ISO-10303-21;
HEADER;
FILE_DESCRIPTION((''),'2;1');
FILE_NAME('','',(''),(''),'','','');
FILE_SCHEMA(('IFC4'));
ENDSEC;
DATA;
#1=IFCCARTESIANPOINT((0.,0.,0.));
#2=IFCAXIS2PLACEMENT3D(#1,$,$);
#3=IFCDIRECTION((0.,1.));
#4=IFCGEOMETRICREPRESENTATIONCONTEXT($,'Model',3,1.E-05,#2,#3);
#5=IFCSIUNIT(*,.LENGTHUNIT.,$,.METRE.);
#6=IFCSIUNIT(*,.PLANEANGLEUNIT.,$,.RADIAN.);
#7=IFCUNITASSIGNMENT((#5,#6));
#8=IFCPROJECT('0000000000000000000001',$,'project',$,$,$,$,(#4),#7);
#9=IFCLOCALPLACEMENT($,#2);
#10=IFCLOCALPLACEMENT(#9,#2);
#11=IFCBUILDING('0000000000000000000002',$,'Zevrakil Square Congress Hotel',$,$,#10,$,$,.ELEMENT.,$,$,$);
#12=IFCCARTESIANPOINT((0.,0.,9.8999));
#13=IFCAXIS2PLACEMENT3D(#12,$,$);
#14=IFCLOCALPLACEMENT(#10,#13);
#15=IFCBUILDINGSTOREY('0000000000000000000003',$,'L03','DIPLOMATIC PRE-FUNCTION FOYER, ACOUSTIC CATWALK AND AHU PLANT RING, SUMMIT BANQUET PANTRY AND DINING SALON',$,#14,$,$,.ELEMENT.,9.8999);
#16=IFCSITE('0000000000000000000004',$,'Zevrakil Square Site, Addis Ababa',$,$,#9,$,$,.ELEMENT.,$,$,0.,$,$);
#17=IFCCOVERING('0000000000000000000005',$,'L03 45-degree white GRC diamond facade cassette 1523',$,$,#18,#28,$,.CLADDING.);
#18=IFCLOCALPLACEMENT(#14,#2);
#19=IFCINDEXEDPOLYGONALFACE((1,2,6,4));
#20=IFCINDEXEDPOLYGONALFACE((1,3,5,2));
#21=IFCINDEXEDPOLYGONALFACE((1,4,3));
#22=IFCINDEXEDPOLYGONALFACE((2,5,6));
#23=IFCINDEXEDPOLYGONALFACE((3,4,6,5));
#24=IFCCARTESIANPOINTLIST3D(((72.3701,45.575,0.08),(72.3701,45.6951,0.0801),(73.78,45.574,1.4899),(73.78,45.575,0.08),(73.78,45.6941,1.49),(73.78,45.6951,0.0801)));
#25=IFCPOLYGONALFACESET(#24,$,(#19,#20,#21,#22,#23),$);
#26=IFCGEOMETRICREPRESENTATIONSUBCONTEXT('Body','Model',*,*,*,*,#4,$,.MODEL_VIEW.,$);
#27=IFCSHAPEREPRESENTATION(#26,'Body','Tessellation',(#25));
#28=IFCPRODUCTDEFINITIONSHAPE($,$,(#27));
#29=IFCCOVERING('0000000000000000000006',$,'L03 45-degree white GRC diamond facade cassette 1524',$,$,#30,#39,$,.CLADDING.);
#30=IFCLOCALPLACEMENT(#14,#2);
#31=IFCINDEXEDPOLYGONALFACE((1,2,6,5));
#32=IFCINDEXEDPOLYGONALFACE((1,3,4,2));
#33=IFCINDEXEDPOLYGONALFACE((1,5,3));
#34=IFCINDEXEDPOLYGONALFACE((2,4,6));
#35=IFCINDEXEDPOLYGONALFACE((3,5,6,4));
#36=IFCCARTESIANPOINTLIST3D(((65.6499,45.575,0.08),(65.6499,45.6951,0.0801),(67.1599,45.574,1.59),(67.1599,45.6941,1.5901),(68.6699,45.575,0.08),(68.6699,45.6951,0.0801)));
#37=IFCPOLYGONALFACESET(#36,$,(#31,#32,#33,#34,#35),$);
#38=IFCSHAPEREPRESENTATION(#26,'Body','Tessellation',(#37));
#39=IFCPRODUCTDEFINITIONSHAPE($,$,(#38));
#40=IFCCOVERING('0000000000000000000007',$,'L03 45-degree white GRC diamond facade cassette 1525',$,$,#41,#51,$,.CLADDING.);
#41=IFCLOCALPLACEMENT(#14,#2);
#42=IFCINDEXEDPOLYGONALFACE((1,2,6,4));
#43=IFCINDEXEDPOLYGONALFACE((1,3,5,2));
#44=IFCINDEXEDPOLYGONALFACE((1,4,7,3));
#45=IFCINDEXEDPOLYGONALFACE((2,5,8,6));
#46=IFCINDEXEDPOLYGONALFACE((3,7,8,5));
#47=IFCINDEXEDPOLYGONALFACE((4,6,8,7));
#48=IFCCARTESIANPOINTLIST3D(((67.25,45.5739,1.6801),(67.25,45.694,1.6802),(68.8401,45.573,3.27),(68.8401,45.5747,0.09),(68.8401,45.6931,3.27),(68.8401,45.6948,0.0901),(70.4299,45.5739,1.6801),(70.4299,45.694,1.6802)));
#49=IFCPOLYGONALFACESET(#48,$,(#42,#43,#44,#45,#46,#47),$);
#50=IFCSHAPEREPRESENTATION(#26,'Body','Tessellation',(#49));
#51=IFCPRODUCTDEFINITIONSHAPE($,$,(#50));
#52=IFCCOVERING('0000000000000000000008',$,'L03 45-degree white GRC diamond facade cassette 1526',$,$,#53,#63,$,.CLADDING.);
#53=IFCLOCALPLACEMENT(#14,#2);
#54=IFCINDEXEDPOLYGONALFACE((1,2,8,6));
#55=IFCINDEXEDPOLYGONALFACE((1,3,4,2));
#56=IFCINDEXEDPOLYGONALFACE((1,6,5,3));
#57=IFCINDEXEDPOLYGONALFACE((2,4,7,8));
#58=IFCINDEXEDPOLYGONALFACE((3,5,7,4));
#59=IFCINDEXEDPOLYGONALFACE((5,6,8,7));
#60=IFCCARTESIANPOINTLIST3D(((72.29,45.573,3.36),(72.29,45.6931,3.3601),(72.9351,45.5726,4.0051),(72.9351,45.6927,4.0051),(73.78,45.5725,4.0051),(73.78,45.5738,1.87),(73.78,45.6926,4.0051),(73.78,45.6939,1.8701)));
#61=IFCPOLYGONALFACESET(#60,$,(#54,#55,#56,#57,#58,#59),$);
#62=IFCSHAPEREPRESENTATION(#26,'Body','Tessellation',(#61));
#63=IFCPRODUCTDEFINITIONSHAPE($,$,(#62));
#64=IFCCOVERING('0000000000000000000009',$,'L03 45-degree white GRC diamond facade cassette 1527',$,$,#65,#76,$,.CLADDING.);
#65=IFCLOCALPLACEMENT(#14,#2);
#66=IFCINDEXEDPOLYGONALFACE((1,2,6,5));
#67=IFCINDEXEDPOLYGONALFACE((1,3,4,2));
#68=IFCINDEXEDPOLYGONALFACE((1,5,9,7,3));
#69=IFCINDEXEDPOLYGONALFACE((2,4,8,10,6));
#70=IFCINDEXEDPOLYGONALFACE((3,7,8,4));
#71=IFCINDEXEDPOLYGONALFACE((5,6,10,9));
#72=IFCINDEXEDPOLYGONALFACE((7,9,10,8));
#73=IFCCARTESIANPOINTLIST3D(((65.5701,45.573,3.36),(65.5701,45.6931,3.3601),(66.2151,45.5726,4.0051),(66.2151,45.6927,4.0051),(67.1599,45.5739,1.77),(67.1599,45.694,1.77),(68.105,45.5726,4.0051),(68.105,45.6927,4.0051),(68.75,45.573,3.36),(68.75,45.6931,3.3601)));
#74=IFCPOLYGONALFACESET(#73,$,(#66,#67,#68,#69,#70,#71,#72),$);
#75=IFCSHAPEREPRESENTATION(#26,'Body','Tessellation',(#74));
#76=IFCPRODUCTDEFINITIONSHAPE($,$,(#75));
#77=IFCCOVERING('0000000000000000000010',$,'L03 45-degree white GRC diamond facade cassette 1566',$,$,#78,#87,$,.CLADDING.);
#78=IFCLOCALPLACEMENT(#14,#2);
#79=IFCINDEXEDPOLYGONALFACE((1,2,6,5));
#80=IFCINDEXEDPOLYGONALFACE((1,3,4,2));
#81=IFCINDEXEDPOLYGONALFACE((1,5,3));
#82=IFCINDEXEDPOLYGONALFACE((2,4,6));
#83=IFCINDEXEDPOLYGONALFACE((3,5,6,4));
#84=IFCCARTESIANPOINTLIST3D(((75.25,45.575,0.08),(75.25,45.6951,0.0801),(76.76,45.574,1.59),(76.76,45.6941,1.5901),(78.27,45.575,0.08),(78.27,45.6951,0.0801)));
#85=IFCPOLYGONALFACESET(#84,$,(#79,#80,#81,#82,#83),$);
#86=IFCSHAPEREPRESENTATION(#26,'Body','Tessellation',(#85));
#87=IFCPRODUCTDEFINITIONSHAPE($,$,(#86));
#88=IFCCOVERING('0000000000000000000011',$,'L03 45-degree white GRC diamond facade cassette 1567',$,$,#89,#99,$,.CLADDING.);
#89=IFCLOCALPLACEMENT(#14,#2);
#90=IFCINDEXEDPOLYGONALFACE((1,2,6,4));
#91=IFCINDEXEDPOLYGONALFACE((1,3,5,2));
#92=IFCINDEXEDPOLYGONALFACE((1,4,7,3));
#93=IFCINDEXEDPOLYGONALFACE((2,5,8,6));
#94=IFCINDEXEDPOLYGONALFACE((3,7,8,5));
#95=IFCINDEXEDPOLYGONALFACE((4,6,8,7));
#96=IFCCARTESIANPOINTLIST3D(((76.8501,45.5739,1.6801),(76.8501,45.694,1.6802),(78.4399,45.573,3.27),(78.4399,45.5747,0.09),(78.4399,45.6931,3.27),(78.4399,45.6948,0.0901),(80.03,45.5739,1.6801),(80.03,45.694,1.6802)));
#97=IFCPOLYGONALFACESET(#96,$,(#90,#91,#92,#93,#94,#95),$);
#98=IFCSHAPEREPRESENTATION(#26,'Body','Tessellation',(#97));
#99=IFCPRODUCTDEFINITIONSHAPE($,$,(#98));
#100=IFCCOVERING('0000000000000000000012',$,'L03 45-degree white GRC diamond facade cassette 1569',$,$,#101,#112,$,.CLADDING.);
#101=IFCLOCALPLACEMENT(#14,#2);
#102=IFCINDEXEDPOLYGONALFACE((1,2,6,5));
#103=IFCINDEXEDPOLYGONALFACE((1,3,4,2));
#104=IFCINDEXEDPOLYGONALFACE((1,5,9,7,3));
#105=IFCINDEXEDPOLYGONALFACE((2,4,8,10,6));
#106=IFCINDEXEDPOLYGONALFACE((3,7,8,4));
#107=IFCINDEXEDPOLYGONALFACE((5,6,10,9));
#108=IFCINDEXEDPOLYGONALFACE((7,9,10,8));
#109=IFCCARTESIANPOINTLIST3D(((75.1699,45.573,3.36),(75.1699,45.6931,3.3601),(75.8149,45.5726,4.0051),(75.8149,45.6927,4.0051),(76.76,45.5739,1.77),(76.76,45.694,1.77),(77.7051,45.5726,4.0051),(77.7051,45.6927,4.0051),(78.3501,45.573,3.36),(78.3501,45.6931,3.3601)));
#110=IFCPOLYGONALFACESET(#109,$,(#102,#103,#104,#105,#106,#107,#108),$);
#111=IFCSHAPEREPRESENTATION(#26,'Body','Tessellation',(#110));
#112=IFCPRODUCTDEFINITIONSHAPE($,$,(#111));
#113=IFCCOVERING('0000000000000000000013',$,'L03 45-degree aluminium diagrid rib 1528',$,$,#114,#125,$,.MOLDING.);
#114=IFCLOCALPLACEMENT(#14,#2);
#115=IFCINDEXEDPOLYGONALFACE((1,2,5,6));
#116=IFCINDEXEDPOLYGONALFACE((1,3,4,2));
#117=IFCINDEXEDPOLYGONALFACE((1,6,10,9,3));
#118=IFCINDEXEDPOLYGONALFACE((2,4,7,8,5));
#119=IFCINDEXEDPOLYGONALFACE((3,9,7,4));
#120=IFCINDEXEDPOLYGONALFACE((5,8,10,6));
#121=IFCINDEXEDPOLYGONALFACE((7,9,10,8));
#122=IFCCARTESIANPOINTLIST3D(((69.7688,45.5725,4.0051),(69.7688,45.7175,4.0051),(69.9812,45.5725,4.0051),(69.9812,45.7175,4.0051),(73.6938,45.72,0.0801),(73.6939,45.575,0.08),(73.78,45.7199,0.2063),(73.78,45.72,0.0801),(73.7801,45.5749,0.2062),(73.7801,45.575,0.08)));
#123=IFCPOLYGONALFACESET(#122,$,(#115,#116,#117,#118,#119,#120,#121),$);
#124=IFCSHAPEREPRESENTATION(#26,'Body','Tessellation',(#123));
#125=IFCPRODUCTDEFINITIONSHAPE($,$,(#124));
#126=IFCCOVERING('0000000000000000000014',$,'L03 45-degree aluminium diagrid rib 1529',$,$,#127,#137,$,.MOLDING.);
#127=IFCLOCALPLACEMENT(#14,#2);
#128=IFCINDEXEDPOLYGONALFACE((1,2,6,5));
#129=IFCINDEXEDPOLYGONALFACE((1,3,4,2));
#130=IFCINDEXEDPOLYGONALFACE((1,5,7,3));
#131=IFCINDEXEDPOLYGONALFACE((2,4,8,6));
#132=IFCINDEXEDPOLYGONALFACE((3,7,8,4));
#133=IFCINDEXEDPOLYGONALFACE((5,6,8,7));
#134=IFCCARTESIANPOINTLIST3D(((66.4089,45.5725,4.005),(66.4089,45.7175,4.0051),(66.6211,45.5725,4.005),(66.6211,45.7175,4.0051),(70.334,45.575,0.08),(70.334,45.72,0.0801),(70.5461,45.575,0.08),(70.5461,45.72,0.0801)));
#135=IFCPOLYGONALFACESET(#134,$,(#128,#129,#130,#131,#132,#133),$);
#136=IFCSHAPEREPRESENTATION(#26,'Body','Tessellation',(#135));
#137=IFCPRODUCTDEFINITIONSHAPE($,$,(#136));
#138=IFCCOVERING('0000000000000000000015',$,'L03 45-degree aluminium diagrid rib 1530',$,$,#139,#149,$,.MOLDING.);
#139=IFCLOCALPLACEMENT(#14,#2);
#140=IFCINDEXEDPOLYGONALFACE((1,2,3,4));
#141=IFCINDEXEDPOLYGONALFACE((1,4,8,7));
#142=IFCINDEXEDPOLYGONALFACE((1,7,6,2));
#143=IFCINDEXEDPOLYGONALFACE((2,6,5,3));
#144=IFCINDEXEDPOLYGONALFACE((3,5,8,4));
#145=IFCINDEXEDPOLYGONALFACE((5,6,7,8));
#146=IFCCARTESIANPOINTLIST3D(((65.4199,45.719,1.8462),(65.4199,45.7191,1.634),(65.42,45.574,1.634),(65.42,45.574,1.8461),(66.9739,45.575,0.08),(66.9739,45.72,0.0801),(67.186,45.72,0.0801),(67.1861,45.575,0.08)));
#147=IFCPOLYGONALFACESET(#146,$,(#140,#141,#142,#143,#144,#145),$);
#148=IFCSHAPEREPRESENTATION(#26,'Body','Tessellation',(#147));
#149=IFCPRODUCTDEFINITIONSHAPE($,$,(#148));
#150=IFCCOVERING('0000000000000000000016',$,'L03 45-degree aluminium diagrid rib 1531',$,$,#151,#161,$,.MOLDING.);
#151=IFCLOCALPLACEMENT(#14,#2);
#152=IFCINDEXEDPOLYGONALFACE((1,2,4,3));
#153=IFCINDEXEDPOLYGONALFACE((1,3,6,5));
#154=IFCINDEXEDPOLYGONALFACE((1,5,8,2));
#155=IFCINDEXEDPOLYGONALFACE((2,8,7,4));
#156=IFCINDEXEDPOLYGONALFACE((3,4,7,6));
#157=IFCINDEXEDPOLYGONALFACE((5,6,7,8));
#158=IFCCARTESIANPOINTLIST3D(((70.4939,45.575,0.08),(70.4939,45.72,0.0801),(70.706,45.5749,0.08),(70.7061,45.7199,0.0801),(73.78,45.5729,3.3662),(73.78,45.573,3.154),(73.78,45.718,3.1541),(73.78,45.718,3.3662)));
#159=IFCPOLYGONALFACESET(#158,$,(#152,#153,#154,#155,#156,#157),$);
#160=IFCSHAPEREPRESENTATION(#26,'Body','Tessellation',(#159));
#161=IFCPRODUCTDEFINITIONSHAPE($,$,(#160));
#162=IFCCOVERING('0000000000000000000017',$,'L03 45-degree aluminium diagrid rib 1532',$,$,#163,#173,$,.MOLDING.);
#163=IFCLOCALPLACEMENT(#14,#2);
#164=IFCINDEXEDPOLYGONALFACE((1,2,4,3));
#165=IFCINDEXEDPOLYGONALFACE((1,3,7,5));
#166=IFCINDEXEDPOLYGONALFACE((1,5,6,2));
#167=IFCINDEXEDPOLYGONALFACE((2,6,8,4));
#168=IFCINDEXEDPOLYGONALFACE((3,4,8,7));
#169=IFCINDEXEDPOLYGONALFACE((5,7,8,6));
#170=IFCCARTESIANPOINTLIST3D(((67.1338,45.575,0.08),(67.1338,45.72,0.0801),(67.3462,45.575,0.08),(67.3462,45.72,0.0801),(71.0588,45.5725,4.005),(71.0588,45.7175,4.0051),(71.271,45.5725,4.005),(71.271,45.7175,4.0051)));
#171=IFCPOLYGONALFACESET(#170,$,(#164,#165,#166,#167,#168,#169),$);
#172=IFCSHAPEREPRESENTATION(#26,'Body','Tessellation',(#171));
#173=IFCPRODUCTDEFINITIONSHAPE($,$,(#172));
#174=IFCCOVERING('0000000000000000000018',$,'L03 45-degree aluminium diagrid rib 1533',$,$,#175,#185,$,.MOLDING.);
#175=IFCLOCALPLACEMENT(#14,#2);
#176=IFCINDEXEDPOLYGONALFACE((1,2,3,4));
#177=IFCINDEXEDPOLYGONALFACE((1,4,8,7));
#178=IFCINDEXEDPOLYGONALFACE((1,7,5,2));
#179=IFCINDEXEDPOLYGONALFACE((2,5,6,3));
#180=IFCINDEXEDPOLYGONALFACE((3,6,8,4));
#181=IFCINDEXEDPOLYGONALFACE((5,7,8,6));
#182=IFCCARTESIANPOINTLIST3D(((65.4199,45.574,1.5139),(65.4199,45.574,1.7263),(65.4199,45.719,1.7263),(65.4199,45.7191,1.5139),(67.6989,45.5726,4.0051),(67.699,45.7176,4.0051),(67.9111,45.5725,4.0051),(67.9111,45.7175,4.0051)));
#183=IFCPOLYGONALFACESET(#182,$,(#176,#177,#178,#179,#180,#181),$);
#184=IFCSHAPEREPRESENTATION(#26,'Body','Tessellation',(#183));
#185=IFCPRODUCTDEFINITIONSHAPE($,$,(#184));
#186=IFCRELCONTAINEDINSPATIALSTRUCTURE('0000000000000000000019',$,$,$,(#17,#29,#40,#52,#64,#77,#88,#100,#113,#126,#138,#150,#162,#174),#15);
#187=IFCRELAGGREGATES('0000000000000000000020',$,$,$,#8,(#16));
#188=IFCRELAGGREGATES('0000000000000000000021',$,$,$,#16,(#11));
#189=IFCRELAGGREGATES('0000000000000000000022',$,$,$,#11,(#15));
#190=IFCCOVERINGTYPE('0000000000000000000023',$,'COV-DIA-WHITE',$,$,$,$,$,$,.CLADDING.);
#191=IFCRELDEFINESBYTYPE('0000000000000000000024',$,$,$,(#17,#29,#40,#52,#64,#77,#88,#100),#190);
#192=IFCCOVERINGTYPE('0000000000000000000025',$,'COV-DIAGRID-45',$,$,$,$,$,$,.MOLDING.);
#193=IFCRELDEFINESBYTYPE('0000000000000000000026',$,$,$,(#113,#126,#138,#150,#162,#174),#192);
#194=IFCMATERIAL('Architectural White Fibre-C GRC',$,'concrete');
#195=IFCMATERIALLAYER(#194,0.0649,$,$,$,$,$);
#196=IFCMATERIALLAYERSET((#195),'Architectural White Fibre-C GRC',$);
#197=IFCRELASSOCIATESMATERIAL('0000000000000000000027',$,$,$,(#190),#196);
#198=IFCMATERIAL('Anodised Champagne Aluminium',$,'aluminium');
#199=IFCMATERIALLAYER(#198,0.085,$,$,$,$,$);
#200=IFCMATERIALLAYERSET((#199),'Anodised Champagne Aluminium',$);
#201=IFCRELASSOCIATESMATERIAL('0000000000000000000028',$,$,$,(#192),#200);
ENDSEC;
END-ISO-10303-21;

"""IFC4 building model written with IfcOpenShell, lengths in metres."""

from ifc_helpers import new_model, si_unit, direction, frame, origin, place, context, subcontext, project, spatial, polyline, outline, extrude, material, layer, layer_set, type_object, element, save


model = new_model("IFC4")

# Units and contexts
model_context = context("Model", 3, precision=1e-05, world=origin(), true_north=direction((0.0, 1.0)))
body_context = subcontext(model_context, "Body", "Model", "MODEL_VIEW")
ifc_project = project(units=[si_unit("LENGTHUNIT", "METRE"), si_unit("PLANEANGLEUNIT", "RADIAN")], contexts=[model_context])

# Site, building, storey
site_placement = place(None, origin())
site = spatial("IfcSite", under=ifc_project, at=site_placement, Name="Zevrakil Square Site, Addis Ababa", CompositionType="ELEMENT", RefElevation=0.0)
building_placement = place(site_placement, origin())
building = spatial("IfcBuilding", under=site, at=building_placement, Name="Zevrakil Square Congress Hotel", CompositionType="ELEMENT")
storey_placement = place(building_placement, frame((0.0, 0.0, 9.8999)))
storey = spatial("IfcBuildingStorey", under=building, at=storey_placement, Name="L03", Description="DIPLOMATIC PRE-FUNCTION FOYER, ACOUSTIC CATWALK AND AHU PLANT RING, SUMMIT BANQUET PANTRY AND DINING SALON", CompositionType="ELEMENT", Elevation=9.8999)

# Coverings
ifc_material_1 = material(Name="Architectural White Fibre-C GRC", Category="concrete")
ifc_layer_1 = layer(ifc_material_1, 0.0649)
ifc_layer_set_1 = layer_set([ifc_layer_1], Name="Architectural White Fibre-C GRC")
covering_type_1 = type_object("IfcCoveringType", Name="COV-DIA-WHITE", PredefinedType="CLADDING", material=ifc_layer_set_1)
covering_1_placement = place(storey_placement, frame((72.3701, 45.6951, 0.0801), z_axis=(0.0, 1.0, 0.000693), x_axis=(1.0, 0.0, 0.0)))
element("IfcCovering", 1, at=covering_1_placement, inside=storey, type_object=covering_type_1, Name="L03 45-degree white GRC diamond facade cassette 1523", PredefinedType="CLADDING", context=body_context, shape_type="SweptSolid", body=[
    extrude(outline(polyline([(0.0, 0.0), (1.4099, 0.0), (1.4099, -1.4099), (0.0, 0.0)])), origin(), (0.0, 0.0, -1.0), 0.1201),
])
covering_2_placement = place(storey_placement, frame((67.1599, 45.6941, 1.5901), z_axis=(0.0, 1.0, 0.000647), x_axis=(-0.707107, 0.000457, -0.707107)))
element("IfcCovering", 2, at=covering_2_placement, inside=storey, type_object=covering_type_1, Name="L03 45-degree white GRC diamond facade cassette 1524", PredefinedType="CLADDING", context=body_context, shape_type="SweptSolid", body=[
    extrude(outline(polyline([(0.0, 0.0), (2.1355, 0.0), (0.0, -2.1355), (0.0, 0.0)])), origin(), (0.0, 0.0, -1.0), 0.1201),
])
covering_3_placement = place(storey_placement, frame((68.8401, 45.6931, 3.27), z_axis=(0.0, 1.0, 0.000537), x_axis=(-0.707161, 0.00038, -0.707052)))
element("IfcCovering", 3, at=covering_3_placement, inside=storey, type_object=covering_type_1, Name="L03 45-degree white GRC diamond facade cassette 1525", PredefinedType="CLADDING", context=body_context, shape_type="SweptSolid", body=[
    extrude(outline(polyline([(0.0, 0.0), (2.2486, 0.0), (2.2484, -2.2487), (-0.0002, -2.2484), (0.0, 0.0)])), origin(), (0.0, 0.0, -1.0), 0.1201),
])
covering_4_placement = place(storey_placement, frame((72.29, 45.6931, 3.3601), z_axis=(0.000068, 1.0, 0.000599), x_axis=(0.707107, 0.000375, -0.707107)))
element("IfcCovering", 4, at=covering_4_placement, inside=storey, type_object=covering_type_1, Name="L03 45-degree white GRC diamond facade cassette 1526", PredefinedType="CLADDING", context=body_context, shape_type="SweptSolid", body=[
    extrude(outline(polyline([(0.0, 0.0), (2.1072, 0.0), (0.5975, -1.5097), (0.0, -0.9122), (0.0, 0.0)])), origin(), (0.0, 0.0, -1.0), 0.1201),
])
covering_5_placement = place(storey_placement, frame((65.5701, 45.6931, 3.3601), z_axis=(0.0, 1.0, 0.000577), x_axis=(0.707052, 0.000408, -0.707161)))
element("IfcCovering", 5, at=covering_5_placement, inside=storey, type_object=covering_type_1, Name="L03 45-degree white GRC diamond facade cassette 1527", PredefinedType="CLADDING", context=body_context, shape_type="SweptSolid", body=[
    extrude(outline(polyline([(0.0, 0.0), (2.2486, 0.0), (2.2484, -2.2487), (1.3362, -2.2487), (-0.0001, -0.9122), (0.0, 0.0)])), origin(), (0.0, 0.0, -1.0), 0.1201),
])
covering_6_placement = place(storey_placement, frame((76.76, 45.6941, 1.5901), z_axis=(0.0, 1.0, 0.000647), x_axis=(-0.707107, 0.000457, -0.707107)))
element("IfcCovering", 6, at=covering_6_placement, inside=storey, type_object=covering_type_1, Name="L03 45-degree white GRC diamond facade cassette 1566", PredefinedType="CLADDING", context=body_context, shape_type="SweptSolid", body=[
    extrude(outline(polyline([(0.0, 0.0), (2.1355, 0.0), (0.0, -2.1355), (0.0, 0.0)])), origin(), (0.0, 0.0, -1.0), 0.1201),
])
covering_7_placement = place(storey_placement, frame((78.4399, 45.6931, 3.27), z_axis=(0.0, 1.0, 0.000537), x_axis=(-0.707107, 0.00038, -0.707107)))
element("IfcCovering", 7, at=covering_7_placement, inside=storey, type_object=covering_type_1, Name="L03 45-degree white GRC diamond facade cassette 1567", PredefinedType="CLADDING", context=body_context, shape_type="SweptSolid", body=[
    extrude(outline(polyline([(0.0, 0.0), (2.2484, 0.0), (2.2486, -2.2486), (-0.0002, -2.2486), (0.0, 0.0)])), origin(), (0.0, 0.0, -1.0), 0.1201),
])
covering_8_placement = place(storey_placement, frame((75.1699, 45.6931, 3.3601), z_axis=(0.0, 1.0, 0.000577), x_axis=(0.707107, 0.000408, -0.707107)))
element("IfcCovering", 8, at=covering_8_placement, inside=storey, type_object=covering_type_1, Name="L03 45-degree white GRC diamond facade cassette 1569", PredefinedType="CLADDING", context=body_context, shape_type="SweptSolid", body=[
    extrude(outline(polyline([(0.0, 0.0), (2.2487, 0.0), (2.2487, -2.2487), (1.3365, -2.2487), (0.0, -0.9122), (0.0, 0.0)])), origin(), (0.0, 0.0, -1.0), 0.1201),
])
ifc_material_2 = material(Name="Anodised Champagne Aluminium", Category="aluminium")
ifc_layer_2 = layer(ifc_material_2, 0.085)
ifc_layer_set_2 = layer_set([ifc_layer_2], Name="Anodised Champagne Aluminium")
covering_type_2 = type_object("IfcCoveringType", Name="COV-DIAGRID-45", PredefinedType="MOLDING", material=ifc_layer_set_2)
covering_9_placement = place(storey_placement, frame((73.6938, 45.72, 0.0801), z_axis=(-0.000187, 1.0, 0.000441), x_axis=(1.0, 0.000187, 0.0)))
element("IfcCovering", 9, at=covering_9_placement, inside=storey, type_object=covering_type_2, Name="L03 45-degree aluminium diagrid rib 1528", PredefinedType="MOLDING", context=body_context, shape_type="SweptSolid", body=[
    extrude(outline(polyline([(0.0, 0.0), (0.0862, 0.0), (0.0862, -0.1262), (-3.7126, -3.925), (-3.925, -3.925), (0.0, 0.0)])), origin(), (0.0, 0.0, -1.0), 0.145),
])
covering_10_placement = place(storey_placement, frame((70.334, 45.72, 0.0801), z_axis=(0.0, 1.0, 0.000622), x_axis=(1.0, 0.0, 0.0)))
element("IfcCovering", 10, at=covering_10_placement, inside=storey, type_object=covering_type_2, Name="L03 45-degree aluminium diagrid rib 1529", PredefinedType="MOLDING", context=body_context, shape_type="SweptSolid", body=[
    extrude(outline(polyline([(0.0, 0.0), (0.2122, 0.0), (-3.7129, -3.925), (-3.925, -3.925), (0.0, 0.0)])), origin(), (0.0, 0.0, -1.0), 0.145),
])
covering_11_placement = place(storey_placement, frame((66.9739, 45.72, 0.0801), z_axis=(-0.000294, 1.0, 0.000294), x_axis=(1.0, 0.000294, 0.0)))
element("IfcCovering", 11, at=covering_11_placement, inside=storey, type_object=covering_type_2, Name="L03 45-degree aluminium diagrid rib 1530", PredefinedType="MOLDING", context=body_context, shape_type="SweptSolid", body=[
    extrude(outline(polyline([(0.0, 0.0), (0.2122, 0.0), (-1.554, -1.7661), (-1.554, -1.554), (0.0, 0.0)])), origin(), (0.0, 0.0, -1.0), 0.145),
])
covering_12_placement = place(storey_placement, frame((73.78, 45.718, 3.1541), z_axis=(0.000307, 1.0, 0.000307), x_axis=(0.0, -0.000307, 1.0)))
element("IfcCovering", 12, at=covering_12_placement, inside=storey, type_object=covering_type_2, Name="L03 45-degree aluminium diagrid rib 1531", PredefinedType="MOLDING", context=body_context, shape_type="SweptSolid", body=[
    extrude(outline(polyline([(0.0, 0.0), (0.2122, 0.0), (-3.074, -3.2861), (-3.074, -3.074), (0.0, 0.0)])), origin(), (0.0, 0.0, -1.0), 0.145),
])
covering_13_placement = place(storey_placement, frame((71.271, 45.7175, 4.0051), z_axis=(0.0, 1.0, 0.000622), x_axis=(-1.0, 0.0, 0.0)))
element("IfcCovering", 13, at=covering_13_placement, inside=storey, type_object=covering_type_2, Name="L03 45-degree aluminium diagrid rib 1532", PredefinedType="MOLDING", context=body_context, shape_type="SweptSolid", body=[
    extrude(outline(polyline([(0.0, 0.0), (0.2122, 0.0), (4.1372, -3.925), (3.9248, -3.925), (0.0, 0.0)])), origin(), (0.0, 0.0, -1.0), 0.145),
])
covering_14_placement = place(storey_placement, frame((67.9111, 45.7175, 4.0051), z_axis=(0.000307, 1.0, 0.000307), x_axis=(-1.0, 0.000307, 0.0)))
element("IfcCovering", 14, at=covering_14_placement, inside=storey, type_object=covering_type_2, Name="L03 45-degree aluminium diagrid rib 1533", PredefinedType="MOLDING", context=body_context, shape_type="SweptSolid", body=[
    extrude(outline(polyline([(0.0, 0.0), (0.2122, 0.0), (2.4912, -2.2788), (2.4912, -2.4912), (0.0, 0.0)])), origin(), (0.0, 0.0, -1.0), 0.145),
])

save(model, "model.ifc")
